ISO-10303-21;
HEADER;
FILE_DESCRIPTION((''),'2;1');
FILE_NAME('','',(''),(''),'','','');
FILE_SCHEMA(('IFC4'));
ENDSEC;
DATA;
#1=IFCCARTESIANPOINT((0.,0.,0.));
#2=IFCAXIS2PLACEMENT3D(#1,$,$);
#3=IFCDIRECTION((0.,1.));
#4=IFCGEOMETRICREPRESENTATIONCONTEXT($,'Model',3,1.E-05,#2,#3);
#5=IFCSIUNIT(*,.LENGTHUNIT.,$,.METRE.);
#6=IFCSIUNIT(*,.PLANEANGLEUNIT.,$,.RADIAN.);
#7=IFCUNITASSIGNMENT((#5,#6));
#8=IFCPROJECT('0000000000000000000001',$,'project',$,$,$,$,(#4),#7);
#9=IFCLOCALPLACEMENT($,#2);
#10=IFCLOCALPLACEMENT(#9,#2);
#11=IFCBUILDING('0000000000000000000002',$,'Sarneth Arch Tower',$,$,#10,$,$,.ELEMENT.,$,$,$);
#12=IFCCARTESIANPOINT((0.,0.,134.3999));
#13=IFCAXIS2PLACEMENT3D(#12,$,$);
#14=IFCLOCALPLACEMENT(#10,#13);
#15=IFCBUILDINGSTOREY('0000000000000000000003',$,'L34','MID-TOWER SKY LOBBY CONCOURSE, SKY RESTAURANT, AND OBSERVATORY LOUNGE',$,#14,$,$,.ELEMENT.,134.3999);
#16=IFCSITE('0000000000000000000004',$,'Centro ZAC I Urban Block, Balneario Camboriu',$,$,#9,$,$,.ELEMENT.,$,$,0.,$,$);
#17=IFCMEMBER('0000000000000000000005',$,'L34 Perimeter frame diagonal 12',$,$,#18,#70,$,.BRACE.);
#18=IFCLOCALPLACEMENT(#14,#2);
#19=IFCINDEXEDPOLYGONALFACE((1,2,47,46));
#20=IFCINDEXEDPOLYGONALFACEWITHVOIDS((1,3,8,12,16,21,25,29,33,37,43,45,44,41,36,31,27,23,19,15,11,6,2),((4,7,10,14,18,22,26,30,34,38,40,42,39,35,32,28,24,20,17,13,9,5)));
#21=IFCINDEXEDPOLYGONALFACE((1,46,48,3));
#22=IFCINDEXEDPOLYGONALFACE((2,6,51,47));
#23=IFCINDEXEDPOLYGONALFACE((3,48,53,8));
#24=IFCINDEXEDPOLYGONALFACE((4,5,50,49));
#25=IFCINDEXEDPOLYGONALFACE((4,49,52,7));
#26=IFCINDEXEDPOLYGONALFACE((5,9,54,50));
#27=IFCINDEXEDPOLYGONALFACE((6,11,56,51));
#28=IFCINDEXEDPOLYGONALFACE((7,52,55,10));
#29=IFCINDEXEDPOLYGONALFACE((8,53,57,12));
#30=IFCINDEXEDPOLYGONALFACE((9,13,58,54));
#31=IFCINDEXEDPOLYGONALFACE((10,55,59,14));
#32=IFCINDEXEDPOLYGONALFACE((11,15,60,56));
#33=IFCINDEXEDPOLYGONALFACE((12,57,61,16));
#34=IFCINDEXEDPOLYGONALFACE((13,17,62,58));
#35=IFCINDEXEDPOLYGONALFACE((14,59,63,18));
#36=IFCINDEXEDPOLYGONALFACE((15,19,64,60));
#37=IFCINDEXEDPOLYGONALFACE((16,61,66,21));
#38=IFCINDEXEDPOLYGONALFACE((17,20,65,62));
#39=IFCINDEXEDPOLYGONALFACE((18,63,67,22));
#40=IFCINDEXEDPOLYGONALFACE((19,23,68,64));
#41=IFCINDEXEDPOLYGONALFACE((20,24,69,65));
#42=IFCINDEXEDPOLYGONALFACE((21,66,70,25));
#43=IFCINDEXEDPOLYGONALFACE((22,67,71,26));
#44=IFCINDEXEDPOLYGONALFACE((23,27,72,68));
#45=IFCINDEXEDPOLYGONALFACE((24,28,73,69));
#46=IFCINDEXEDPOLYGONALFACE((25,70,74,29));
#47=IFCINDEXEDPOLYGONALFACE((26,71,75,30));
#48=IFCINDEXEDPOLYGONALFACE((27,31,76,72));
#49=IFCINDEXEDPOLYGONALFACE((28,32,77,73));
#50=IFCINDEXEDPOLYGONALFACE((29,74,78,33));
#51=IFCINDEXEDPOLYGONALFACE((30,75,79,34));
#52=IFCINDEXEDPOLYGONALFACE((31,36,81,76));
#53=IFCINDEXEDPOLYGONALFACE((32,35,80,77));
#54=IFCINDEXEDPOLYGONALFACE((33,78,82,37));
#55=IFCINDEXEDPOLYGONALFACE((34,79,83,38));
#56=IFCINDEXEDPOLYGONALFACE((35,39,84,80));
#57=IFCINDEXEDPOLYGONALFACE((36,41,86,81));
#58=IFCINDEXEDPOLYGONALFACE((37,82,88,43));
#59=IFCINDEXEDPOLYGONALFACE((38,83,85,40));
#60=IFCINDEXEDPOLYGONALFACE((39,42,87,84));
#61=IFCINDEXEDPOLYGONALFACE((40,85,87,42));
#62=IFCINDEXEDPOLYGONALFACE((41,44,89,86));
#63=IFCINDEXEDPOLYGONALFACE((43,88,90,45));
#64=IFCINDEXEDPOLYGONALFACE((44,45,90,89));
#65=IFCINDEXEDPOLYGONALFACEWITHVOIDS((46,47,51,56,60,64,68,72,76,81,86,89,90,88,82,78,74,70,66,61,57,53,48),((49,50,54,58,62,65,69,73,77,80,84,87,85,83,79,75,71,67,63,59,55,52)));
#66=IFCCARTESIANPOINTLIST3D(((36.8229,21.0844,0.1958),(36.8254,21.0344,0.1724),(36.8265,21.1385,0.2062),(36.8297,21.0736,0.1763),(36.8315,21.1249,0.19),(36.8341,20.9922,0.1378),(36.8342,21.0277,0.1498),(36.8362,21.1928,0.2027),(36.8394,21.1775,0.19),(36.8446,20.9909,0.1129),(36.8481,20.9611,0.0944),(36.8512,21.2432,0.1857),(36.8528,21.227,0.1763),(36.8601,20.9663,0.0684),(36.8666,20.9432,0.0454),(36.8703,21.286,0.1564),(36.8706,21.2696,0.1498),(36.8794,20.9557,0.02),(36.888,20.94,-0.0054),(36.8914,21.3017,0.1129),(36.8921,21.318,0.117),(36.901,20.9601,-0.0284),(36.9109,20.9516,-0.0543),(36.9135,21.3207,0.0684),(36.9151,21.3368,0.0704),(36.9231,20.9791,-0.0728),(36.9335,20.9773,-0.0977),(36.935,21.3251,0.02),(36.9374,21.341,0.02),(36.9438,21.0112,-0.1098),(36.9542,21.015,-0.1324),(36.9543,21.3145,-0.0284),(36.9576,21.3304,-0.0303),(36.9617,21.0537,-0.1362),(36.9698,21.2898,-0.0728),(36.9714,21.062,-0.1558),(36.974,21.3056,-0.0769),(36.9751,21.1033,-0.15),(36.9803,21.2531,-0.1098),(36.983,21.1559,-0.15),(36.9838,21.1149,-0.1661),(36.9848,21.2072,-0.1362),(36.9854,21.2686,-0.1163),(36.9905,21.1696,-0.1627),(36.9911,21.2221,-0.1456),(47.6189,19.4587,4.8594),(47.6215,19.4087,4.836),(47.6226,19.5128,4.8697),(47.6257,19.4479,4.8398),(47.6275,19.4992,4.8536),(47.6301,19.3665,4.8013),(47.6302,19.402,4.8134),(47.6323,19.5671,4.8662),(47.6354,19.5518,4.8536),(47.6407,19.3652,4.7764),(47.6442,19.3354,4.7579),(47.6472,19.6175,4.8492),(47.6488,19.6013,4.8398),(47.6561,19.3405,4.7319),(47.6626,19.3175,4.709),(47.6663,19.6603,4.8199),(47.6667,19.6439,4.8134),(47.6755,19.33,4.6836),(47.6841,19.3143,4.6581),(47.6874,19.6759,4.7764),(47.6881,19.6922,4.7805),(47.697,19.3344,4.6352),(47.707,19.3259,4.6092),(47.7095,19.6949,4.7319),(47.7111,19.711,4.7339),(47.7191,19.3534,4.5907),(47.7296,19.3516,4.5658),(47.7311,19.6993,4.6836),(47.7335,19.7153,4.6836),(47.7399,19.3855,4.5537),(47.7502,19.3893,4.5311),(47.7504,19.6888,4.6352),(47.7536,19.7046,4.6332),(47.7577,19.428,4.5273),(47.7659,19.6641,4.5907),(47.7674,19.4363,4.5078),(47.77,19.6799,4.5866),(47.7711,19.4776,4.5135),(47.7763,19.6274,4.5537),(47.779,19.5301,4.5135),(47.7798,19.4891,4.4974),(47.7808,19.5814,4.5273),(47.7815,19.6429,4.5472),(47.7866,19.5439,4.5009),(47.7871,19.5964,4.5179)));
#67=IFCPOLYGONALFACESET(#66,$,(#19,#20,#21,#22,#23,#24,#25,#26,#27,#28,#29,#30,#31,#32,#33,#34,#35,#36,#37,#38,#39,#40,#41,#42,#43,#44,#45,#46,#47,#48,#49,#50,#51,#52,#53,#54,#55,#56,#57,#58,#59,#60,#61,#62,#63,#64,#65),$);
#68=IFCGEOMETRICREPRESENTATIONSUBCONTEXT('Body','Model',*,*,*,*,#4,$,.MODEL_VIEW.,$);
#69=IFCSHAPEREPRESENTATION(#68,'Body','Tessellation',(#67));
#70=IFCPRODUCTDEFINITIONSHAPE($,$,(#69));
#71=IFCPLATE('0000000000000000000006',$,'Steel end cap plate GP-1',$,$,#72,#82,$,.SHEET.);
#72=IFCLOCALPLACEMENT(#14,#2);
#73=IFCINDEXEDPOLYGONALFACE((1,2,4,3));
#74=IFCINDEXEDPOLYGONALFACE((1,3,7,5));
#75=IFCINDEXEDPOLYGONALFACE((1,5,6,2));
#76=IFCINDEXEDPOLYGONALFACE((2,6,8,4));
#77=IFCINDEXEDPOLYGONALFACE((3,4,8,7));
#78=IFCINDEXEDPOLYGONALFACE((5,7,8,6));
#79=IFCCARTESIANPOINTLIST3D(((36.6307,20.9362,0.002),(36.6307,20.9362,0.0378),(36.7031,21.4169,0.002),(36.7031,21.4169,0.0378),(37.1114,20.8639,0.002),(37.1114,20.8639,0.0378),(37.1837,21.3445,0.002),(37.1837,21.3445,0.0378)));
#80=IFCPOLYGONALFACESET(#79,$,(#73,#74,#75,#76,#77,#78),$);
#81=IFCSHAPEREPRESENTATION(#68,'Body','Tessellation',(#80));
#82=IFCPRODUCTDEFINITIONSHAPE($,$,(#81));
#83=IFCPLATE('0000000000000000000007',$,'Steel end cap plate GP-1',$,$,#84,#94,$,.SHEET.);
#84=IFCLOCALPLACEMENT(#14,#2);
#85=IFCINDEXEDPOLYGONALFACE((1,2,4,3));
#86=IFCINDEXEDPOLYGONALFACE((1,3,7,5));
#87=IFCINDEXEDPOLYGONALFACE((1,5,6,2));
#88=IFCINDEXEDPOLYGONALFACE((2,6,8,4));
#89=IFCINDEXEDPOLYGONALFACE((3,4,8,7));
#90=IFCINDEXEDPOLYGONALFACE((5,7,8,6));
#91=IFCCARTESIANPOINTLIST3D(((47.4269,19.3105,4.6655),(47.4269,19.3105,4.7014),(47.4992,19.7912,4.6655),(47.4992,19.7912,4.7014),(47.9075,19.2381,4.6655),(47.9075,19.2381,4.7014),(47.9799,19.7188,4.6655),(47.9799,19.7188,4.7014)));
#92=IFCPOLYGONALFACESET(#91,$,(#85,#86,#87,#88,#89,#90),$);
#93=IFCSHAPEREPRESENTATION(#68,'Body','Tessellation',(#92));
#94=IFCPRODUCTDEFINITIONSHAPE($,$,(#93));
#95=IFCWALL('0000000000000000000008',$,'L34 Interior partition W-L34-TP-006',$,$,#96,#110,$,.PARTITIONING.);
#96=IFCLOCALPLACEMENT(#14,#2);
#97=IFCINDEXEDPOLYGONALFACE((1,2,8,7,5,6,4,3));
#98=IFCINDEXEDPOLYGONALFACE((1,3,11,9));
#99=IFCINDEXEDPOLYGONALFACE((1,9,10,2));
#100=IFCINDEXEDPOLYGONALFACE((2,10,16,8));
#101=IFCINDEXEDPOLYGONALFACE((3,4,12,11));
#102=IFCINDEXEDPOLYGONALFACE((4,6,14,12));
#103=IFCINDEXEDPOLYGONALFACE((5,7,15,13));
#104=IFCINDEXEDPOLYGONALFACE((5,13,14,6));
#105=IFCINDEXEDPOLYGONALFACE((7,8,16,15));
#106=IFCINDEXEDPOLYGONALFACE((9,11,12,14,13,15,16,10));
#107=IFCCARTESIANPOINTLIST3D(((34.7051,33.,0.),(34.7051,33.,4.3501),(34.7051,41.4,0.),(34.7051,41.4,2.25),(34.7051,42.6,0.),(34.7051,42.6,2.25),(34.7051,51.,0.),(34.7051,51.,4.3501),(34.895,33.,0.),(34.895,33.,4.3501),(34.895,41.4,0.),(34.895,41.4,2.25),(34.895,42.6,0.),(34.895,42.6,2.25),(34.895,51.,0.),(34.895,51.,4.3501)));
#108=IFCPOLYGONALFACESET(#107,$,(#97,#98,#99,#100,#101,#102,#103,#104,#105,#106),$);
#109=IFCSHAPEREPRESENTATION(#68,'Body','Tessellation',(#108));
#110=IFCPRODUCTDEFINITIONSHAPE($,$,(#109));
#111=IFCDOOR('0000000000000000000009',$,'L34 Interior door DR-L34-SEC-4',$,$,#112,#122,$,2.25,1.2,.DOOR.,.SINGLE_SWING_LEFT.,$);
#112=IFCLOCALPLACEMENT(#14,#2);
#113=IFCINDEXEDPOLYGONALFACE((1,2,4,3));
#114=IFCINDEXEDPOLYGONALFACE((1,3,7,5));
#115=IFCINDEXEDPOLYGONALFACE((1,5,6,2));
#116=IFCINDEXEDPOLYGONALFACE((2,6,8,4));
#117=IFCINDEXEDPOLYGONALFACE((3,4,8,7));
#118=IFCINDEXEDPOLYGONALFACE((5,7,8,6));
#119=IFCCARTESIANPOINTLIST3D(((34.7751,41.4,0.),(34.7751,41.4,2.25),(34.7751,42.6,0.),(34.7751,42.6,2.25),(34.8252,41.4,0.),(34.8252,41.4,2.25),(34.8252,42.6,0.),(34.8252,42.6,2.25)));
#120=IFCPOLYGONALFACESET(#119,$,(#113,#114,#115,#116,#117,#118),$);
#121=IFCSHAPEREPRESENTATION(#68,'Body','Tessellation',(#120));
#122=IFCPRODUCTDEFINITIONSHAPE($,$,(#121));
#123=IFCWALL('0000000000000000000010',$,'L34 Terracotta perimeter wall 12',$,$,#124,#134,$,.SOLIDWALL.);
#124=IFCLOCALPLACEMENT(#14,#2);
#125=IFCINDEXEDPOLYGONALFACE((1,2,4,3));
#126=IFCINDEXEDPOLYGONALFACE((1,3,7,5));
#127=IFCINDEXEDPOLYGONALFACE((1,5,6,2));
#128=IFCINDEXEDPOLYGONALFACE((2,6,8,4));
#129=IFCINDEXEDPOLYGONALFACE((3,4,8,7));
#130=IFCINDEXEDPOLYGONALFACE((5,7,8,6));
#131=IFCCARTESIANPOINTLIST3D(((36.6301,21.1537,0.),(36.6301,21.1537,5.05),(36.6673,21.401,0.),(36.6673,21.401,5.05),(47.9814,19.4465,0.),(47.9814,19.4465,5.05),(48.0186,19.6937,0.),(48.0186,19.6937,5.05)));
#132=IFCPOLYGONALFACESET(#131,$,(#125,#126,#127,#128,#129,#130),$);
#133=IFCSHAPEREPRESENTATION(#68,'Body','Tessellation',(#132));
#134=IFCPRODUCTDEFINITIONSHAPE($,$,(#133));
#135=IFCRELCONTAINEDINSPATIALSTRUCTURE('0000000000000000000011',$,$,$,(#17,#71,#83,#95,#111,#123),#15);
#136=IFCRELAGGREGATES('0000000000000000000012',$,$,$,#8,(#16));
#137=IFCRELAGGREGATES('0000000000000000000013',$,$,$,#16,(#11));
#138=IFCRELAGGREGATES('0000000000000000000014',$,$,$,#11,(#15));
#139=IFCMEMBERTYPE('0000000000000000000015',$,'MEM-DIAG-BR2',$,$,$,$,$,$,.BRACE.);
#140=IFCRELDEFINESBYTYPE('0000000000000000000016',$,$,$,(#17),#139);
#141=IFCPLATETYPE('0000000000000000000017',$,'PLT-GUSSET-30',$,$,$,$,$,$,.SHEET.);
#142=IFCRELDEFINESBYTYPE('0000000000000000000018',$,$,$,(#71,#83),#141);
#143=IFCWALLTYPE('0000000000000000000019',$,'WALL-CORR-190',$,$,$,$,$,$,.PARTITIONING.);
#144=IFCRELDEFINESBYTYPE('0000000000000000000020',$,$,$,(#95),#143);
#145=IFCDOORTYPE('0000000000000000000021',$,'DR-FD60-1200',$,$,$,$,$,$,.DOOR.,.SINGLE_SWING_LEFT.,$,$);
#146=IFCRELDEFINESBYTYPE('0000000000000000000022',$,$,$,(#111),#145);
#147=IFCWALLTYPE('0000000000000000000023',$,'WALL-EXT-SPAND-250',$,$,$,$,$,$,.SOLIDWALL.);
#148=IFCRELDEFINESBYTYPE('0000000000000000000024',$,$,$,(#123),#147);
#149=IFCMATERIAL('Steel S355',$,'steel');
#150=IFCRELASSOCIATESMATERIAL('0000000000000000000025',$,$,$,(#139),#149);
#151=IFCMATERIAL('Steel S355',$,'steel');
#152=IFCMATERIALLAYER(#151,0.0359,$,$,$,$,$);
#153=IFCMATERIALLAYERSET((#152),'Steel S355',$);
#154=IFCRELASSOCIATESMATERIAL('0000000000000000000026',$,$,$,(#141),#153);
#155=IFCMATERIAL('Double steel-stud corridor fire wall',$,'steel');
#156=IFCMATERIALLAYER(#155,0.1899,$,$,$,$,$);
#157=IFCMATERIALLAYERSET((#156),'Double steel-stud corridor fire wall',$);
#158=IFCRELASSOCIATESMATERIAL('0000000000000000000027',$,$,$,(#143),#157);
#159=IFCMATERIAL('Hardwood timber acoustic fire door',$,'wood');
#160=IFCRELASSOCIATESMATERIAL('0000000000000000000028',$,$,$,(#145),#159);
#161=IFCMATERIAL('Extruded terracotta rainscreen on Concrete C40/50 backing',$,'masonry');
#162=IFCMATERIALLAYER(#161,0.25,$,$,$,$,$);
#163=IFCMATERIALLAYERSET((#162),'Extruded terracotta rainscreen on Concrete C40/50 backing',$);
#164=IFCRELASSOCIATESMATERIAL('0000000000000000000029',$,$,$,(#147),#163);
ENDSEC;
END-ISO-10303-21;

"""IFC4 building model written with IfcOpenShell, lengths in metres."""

from ifc_helpers import new_model, si_unit, direction, frame, frame_2d, origin, origin_2d, place, context, subcontext, project, spatial, rectangle, hollow_circle, extrude, material, layer, layer_set, material_profile, profile_set, type_object, element, fill, save


model = new_model("IFC4")

# Units and contexts
model_context = context("Model", 3, precision=1e-05, world=origin(), true_north=direction((0.0, 1.0)))
body_context = subcontext(model_context, "Body", "Model", "MODEL_VIEW")
ifc_project = project(units=[si_unit("LENGTHUNIT", "METRE"), si_unit("PLANEANGLEUNIT", "RADIAN")], contexts=[model_context])

# Site, building, storey
site_placement = place(None, origin())
site = spatial("IfcSite", under=ifc_project, at=site_placement, Name="Centro ZAC I Urban Block, Balneario Camboriu", CompositionType="ELEMENT", RefElevation=0.0)
building_placement = place(site_placement, origin())
building = spatial("IfcBuilding", under=site, at=building_placement, Name="Sarneth Arch Tower", CompositionType="ELEMENT")
storey_placement = place(building_placement, frame((0.0, 0.0, 134.3999)))
storey = spatial("IfcBuildingStorey", under=building, at=storey_placement, Name="L34", Description="MID-TOWER SKY LOBBY CONCOURSE, SKY RESTAURANT, AND OBSERVATORY LOUNGE", CompositionType="ELEMENT", Elevation=134.3999)

# Member
ifc_material_1 = material(Name="Steel S355", Category="steel")
ifc_material_profile_1 = material_profile(ifc_material_1, hollow_circle(Radius=0.2029, WallThickness=0.0161, at=origin_2d()), Name="CHS406x16")
ifc_profile_set_1 = profile_set([ifc_material_profile_1], Name="Steel S355")
member_type_1 = type_object("IfcMemberType", Name="MEM-DIAG-BR2", PredefinedType="BRACE", material=ifc_profile_set_1)
member_1_placement = place(storey_placement, frame((36.9072, 21.1404, 0.02), z_axis=(0.909365, -0.136936, 0.392815), x_axis=(0.148906, 0.988851, 0.0)))
element("IfcMember", 1, at=member_1_placement, inside=storey, type_object=member_type_1, Name="L34 Perimeter frame diagonal 12", PredefinedType="BRACE", context=body_context, shape_type="SweptSolid", body=[
    extrude(hollow_circle(Radius=0.2029, WallThickness=0.0161, at=origin_2d()), origin(), (0.0, 0.0, 1.0), 11.8721),
])

# Plates
ifc_material_2 = material(Name="Steel S355", Category="steel")
ifc_layer_1 = layer(ifc_material_2, 0.0359)
ifc_layer_set_1 = layer_set([ifc_layer_1], Name="Steel S355")
plate_type = type_object("IfcPlateType", Name="PLT-GUSSET-30", PredefinedType="SHEET", material=ifc_layer_set_1)
for number, where, z_axis, x_axis, name in (
    (2, (36.9072, 21.1404, 0.002), (0.0, 0.0, 1.0), (0.988861, -0.148845, 0.0), "Steel end cap plate GP-1"),
    (3, (47.7034, 19.5146, 4.6655), (0.0, 0.0, 1.0), (0.988861, -0.148845, 0.0), "Steel end cap plate GP-1"),
):
    element("IfcPlate", number, at=place(storey_placement, frame(where, z_axis=z_axis, x_axis=x_axis)), inside=storey, type_object=plate_type, Name=name, PredefinedType="SHEET", context=body_context, shape_type="SweptSolid", body=[
        extrude(rectangle(XDim=0.4861, YDim=0.4861, at=origin_2d()), origin(), (0.0, 0.0, 1.0), 0.0359),
    ])

# Wall, opening, door
ifc_material_3 = material(Name="Double steel-stud corridor fire wall", Category="steel")
ifc_layer_2 = layer(ifc_material_3, 0.1899)
ifc_layer_set_2 = layer_set([ifc_layer_2], Name="Double steel-stud corridor fire wall")
wall_type_1 = type_object("IfcWallType", Name="WALL-CORR-190", PredefinedType="PARTITIONING", material=ifc_layer_set_2)
wall_1_placement = place(storey_placement, frame((34.8, 33.0, 0.0), z_axis=(0.0, 0.0, 1.0), x_axis=(0.0, 1.0, 0.0)))
wall_1 = element("IfcWall", 4, at=wall_1_placement, inside=storey, type_object=wall_type_1, Name="L34 Interior partition W-L34-TP-006", PredefinedType="PARTITIONING", context=body_context, shape_type="SweptSolid", body=[
    extrude(rectangle(XDim=18.0, YDim=0.1899, at=frame_2d((9.0, 0.0))), origin(), (0.0, 0.0, 1.0), 4.3501),
])
opening_1_placement = place(wall_1_placement, frame((8.3999, 0.0, 0.0)))
opening_1 = element("IfcOpeningElement", 5, at=opening_1_placement, cuts=wall_1, PredefinedType="OPENING", context=body_context, shape_type="SweptSolid", body=[
    extrude(rectangle(XDim=1.2, YDim=2.25, at=frame_2d((0.6001, 1.125))), frame((0.0, 0.105, 0.0), z_axis=(0.0, -1.0, 0.0), x_axis=(1.0, 0.0, 0.0)), (0.0, 0.0, 1.0), 0.21),
])
ifc_material_4 = material(Name="Hardwood timber acoustic fire door", Category="wood")
door_type = type_object("IfcDoorType", Name="DR-FD60-1200", OperationType="SINGLE_SWING_LEFT", PredefinedType="DOOR", material=ifc_material_4)
door_placement = place(opening_1_placement, origin())
door = element("IfcDoor", 6, at=door_placement, inside=storey, type_object=door_type, Name="L34 Interior door DR-L34-SEC-4", OperationType="SINGLE_SWING_LEFT", OverallHeight=2.25, OverallWidth=1.2, PredefinedType="DOOR", context=body_context, shape_type="SweptSolid", body=[
    extrude(rectangle(XDim=1.2, YDim=2.25, at=frame_2d((0.6001, 1.125))), frame((0.0, 0.0249, 0.0), z_axis=(0.0, -1.0, 0.0), x_axis=(1.0, 0.0, 0.0)), (0.0, 0.0, 1.0), 0.05),
])
fill(opening_1, door)

# Wall
ifc_material_5 = material(Name="Extruded terracotta rainscreen on Concrete C40/50 backing", Category="masonry")
ifc_layer_3 = layer(ifc_material_5, 0.25)
ifc_layer_set_3 = layer_set([ifc_layer_3], Name="Extruded terracotta rainscreen on Concrete C40/50 backing")
wall_type_2 = type_object("IfcWallType", Name="WALL-EXT-SPAND-250", PredefinedType="SOLIDWALL", material=ifc_layer_set_3)
wall_2_placement = place(storey_placement, frame((36.6487, 21.2773, 0.0), z_axis=(0.0, 0.0, 1.0), x_axis=(0.988878, -0.14873, 0.0)))
element("IfcWall", 7, at=wall_2_placement, inside=storey, type_object=wall_type_2, Name="L34 Terracotta perimeter wall 12", PredefinedType="SOLIDWALL", context=body_context, shape_type="SweptSolid", body=[
    extrude(rectangle(XDim=11.479, YDim=0.25, at=frame_2d((5.7395, 0.0))), origin(), (0.0, 0.0, 1.0), 5.05),
])

save(model, "model.ifc")
